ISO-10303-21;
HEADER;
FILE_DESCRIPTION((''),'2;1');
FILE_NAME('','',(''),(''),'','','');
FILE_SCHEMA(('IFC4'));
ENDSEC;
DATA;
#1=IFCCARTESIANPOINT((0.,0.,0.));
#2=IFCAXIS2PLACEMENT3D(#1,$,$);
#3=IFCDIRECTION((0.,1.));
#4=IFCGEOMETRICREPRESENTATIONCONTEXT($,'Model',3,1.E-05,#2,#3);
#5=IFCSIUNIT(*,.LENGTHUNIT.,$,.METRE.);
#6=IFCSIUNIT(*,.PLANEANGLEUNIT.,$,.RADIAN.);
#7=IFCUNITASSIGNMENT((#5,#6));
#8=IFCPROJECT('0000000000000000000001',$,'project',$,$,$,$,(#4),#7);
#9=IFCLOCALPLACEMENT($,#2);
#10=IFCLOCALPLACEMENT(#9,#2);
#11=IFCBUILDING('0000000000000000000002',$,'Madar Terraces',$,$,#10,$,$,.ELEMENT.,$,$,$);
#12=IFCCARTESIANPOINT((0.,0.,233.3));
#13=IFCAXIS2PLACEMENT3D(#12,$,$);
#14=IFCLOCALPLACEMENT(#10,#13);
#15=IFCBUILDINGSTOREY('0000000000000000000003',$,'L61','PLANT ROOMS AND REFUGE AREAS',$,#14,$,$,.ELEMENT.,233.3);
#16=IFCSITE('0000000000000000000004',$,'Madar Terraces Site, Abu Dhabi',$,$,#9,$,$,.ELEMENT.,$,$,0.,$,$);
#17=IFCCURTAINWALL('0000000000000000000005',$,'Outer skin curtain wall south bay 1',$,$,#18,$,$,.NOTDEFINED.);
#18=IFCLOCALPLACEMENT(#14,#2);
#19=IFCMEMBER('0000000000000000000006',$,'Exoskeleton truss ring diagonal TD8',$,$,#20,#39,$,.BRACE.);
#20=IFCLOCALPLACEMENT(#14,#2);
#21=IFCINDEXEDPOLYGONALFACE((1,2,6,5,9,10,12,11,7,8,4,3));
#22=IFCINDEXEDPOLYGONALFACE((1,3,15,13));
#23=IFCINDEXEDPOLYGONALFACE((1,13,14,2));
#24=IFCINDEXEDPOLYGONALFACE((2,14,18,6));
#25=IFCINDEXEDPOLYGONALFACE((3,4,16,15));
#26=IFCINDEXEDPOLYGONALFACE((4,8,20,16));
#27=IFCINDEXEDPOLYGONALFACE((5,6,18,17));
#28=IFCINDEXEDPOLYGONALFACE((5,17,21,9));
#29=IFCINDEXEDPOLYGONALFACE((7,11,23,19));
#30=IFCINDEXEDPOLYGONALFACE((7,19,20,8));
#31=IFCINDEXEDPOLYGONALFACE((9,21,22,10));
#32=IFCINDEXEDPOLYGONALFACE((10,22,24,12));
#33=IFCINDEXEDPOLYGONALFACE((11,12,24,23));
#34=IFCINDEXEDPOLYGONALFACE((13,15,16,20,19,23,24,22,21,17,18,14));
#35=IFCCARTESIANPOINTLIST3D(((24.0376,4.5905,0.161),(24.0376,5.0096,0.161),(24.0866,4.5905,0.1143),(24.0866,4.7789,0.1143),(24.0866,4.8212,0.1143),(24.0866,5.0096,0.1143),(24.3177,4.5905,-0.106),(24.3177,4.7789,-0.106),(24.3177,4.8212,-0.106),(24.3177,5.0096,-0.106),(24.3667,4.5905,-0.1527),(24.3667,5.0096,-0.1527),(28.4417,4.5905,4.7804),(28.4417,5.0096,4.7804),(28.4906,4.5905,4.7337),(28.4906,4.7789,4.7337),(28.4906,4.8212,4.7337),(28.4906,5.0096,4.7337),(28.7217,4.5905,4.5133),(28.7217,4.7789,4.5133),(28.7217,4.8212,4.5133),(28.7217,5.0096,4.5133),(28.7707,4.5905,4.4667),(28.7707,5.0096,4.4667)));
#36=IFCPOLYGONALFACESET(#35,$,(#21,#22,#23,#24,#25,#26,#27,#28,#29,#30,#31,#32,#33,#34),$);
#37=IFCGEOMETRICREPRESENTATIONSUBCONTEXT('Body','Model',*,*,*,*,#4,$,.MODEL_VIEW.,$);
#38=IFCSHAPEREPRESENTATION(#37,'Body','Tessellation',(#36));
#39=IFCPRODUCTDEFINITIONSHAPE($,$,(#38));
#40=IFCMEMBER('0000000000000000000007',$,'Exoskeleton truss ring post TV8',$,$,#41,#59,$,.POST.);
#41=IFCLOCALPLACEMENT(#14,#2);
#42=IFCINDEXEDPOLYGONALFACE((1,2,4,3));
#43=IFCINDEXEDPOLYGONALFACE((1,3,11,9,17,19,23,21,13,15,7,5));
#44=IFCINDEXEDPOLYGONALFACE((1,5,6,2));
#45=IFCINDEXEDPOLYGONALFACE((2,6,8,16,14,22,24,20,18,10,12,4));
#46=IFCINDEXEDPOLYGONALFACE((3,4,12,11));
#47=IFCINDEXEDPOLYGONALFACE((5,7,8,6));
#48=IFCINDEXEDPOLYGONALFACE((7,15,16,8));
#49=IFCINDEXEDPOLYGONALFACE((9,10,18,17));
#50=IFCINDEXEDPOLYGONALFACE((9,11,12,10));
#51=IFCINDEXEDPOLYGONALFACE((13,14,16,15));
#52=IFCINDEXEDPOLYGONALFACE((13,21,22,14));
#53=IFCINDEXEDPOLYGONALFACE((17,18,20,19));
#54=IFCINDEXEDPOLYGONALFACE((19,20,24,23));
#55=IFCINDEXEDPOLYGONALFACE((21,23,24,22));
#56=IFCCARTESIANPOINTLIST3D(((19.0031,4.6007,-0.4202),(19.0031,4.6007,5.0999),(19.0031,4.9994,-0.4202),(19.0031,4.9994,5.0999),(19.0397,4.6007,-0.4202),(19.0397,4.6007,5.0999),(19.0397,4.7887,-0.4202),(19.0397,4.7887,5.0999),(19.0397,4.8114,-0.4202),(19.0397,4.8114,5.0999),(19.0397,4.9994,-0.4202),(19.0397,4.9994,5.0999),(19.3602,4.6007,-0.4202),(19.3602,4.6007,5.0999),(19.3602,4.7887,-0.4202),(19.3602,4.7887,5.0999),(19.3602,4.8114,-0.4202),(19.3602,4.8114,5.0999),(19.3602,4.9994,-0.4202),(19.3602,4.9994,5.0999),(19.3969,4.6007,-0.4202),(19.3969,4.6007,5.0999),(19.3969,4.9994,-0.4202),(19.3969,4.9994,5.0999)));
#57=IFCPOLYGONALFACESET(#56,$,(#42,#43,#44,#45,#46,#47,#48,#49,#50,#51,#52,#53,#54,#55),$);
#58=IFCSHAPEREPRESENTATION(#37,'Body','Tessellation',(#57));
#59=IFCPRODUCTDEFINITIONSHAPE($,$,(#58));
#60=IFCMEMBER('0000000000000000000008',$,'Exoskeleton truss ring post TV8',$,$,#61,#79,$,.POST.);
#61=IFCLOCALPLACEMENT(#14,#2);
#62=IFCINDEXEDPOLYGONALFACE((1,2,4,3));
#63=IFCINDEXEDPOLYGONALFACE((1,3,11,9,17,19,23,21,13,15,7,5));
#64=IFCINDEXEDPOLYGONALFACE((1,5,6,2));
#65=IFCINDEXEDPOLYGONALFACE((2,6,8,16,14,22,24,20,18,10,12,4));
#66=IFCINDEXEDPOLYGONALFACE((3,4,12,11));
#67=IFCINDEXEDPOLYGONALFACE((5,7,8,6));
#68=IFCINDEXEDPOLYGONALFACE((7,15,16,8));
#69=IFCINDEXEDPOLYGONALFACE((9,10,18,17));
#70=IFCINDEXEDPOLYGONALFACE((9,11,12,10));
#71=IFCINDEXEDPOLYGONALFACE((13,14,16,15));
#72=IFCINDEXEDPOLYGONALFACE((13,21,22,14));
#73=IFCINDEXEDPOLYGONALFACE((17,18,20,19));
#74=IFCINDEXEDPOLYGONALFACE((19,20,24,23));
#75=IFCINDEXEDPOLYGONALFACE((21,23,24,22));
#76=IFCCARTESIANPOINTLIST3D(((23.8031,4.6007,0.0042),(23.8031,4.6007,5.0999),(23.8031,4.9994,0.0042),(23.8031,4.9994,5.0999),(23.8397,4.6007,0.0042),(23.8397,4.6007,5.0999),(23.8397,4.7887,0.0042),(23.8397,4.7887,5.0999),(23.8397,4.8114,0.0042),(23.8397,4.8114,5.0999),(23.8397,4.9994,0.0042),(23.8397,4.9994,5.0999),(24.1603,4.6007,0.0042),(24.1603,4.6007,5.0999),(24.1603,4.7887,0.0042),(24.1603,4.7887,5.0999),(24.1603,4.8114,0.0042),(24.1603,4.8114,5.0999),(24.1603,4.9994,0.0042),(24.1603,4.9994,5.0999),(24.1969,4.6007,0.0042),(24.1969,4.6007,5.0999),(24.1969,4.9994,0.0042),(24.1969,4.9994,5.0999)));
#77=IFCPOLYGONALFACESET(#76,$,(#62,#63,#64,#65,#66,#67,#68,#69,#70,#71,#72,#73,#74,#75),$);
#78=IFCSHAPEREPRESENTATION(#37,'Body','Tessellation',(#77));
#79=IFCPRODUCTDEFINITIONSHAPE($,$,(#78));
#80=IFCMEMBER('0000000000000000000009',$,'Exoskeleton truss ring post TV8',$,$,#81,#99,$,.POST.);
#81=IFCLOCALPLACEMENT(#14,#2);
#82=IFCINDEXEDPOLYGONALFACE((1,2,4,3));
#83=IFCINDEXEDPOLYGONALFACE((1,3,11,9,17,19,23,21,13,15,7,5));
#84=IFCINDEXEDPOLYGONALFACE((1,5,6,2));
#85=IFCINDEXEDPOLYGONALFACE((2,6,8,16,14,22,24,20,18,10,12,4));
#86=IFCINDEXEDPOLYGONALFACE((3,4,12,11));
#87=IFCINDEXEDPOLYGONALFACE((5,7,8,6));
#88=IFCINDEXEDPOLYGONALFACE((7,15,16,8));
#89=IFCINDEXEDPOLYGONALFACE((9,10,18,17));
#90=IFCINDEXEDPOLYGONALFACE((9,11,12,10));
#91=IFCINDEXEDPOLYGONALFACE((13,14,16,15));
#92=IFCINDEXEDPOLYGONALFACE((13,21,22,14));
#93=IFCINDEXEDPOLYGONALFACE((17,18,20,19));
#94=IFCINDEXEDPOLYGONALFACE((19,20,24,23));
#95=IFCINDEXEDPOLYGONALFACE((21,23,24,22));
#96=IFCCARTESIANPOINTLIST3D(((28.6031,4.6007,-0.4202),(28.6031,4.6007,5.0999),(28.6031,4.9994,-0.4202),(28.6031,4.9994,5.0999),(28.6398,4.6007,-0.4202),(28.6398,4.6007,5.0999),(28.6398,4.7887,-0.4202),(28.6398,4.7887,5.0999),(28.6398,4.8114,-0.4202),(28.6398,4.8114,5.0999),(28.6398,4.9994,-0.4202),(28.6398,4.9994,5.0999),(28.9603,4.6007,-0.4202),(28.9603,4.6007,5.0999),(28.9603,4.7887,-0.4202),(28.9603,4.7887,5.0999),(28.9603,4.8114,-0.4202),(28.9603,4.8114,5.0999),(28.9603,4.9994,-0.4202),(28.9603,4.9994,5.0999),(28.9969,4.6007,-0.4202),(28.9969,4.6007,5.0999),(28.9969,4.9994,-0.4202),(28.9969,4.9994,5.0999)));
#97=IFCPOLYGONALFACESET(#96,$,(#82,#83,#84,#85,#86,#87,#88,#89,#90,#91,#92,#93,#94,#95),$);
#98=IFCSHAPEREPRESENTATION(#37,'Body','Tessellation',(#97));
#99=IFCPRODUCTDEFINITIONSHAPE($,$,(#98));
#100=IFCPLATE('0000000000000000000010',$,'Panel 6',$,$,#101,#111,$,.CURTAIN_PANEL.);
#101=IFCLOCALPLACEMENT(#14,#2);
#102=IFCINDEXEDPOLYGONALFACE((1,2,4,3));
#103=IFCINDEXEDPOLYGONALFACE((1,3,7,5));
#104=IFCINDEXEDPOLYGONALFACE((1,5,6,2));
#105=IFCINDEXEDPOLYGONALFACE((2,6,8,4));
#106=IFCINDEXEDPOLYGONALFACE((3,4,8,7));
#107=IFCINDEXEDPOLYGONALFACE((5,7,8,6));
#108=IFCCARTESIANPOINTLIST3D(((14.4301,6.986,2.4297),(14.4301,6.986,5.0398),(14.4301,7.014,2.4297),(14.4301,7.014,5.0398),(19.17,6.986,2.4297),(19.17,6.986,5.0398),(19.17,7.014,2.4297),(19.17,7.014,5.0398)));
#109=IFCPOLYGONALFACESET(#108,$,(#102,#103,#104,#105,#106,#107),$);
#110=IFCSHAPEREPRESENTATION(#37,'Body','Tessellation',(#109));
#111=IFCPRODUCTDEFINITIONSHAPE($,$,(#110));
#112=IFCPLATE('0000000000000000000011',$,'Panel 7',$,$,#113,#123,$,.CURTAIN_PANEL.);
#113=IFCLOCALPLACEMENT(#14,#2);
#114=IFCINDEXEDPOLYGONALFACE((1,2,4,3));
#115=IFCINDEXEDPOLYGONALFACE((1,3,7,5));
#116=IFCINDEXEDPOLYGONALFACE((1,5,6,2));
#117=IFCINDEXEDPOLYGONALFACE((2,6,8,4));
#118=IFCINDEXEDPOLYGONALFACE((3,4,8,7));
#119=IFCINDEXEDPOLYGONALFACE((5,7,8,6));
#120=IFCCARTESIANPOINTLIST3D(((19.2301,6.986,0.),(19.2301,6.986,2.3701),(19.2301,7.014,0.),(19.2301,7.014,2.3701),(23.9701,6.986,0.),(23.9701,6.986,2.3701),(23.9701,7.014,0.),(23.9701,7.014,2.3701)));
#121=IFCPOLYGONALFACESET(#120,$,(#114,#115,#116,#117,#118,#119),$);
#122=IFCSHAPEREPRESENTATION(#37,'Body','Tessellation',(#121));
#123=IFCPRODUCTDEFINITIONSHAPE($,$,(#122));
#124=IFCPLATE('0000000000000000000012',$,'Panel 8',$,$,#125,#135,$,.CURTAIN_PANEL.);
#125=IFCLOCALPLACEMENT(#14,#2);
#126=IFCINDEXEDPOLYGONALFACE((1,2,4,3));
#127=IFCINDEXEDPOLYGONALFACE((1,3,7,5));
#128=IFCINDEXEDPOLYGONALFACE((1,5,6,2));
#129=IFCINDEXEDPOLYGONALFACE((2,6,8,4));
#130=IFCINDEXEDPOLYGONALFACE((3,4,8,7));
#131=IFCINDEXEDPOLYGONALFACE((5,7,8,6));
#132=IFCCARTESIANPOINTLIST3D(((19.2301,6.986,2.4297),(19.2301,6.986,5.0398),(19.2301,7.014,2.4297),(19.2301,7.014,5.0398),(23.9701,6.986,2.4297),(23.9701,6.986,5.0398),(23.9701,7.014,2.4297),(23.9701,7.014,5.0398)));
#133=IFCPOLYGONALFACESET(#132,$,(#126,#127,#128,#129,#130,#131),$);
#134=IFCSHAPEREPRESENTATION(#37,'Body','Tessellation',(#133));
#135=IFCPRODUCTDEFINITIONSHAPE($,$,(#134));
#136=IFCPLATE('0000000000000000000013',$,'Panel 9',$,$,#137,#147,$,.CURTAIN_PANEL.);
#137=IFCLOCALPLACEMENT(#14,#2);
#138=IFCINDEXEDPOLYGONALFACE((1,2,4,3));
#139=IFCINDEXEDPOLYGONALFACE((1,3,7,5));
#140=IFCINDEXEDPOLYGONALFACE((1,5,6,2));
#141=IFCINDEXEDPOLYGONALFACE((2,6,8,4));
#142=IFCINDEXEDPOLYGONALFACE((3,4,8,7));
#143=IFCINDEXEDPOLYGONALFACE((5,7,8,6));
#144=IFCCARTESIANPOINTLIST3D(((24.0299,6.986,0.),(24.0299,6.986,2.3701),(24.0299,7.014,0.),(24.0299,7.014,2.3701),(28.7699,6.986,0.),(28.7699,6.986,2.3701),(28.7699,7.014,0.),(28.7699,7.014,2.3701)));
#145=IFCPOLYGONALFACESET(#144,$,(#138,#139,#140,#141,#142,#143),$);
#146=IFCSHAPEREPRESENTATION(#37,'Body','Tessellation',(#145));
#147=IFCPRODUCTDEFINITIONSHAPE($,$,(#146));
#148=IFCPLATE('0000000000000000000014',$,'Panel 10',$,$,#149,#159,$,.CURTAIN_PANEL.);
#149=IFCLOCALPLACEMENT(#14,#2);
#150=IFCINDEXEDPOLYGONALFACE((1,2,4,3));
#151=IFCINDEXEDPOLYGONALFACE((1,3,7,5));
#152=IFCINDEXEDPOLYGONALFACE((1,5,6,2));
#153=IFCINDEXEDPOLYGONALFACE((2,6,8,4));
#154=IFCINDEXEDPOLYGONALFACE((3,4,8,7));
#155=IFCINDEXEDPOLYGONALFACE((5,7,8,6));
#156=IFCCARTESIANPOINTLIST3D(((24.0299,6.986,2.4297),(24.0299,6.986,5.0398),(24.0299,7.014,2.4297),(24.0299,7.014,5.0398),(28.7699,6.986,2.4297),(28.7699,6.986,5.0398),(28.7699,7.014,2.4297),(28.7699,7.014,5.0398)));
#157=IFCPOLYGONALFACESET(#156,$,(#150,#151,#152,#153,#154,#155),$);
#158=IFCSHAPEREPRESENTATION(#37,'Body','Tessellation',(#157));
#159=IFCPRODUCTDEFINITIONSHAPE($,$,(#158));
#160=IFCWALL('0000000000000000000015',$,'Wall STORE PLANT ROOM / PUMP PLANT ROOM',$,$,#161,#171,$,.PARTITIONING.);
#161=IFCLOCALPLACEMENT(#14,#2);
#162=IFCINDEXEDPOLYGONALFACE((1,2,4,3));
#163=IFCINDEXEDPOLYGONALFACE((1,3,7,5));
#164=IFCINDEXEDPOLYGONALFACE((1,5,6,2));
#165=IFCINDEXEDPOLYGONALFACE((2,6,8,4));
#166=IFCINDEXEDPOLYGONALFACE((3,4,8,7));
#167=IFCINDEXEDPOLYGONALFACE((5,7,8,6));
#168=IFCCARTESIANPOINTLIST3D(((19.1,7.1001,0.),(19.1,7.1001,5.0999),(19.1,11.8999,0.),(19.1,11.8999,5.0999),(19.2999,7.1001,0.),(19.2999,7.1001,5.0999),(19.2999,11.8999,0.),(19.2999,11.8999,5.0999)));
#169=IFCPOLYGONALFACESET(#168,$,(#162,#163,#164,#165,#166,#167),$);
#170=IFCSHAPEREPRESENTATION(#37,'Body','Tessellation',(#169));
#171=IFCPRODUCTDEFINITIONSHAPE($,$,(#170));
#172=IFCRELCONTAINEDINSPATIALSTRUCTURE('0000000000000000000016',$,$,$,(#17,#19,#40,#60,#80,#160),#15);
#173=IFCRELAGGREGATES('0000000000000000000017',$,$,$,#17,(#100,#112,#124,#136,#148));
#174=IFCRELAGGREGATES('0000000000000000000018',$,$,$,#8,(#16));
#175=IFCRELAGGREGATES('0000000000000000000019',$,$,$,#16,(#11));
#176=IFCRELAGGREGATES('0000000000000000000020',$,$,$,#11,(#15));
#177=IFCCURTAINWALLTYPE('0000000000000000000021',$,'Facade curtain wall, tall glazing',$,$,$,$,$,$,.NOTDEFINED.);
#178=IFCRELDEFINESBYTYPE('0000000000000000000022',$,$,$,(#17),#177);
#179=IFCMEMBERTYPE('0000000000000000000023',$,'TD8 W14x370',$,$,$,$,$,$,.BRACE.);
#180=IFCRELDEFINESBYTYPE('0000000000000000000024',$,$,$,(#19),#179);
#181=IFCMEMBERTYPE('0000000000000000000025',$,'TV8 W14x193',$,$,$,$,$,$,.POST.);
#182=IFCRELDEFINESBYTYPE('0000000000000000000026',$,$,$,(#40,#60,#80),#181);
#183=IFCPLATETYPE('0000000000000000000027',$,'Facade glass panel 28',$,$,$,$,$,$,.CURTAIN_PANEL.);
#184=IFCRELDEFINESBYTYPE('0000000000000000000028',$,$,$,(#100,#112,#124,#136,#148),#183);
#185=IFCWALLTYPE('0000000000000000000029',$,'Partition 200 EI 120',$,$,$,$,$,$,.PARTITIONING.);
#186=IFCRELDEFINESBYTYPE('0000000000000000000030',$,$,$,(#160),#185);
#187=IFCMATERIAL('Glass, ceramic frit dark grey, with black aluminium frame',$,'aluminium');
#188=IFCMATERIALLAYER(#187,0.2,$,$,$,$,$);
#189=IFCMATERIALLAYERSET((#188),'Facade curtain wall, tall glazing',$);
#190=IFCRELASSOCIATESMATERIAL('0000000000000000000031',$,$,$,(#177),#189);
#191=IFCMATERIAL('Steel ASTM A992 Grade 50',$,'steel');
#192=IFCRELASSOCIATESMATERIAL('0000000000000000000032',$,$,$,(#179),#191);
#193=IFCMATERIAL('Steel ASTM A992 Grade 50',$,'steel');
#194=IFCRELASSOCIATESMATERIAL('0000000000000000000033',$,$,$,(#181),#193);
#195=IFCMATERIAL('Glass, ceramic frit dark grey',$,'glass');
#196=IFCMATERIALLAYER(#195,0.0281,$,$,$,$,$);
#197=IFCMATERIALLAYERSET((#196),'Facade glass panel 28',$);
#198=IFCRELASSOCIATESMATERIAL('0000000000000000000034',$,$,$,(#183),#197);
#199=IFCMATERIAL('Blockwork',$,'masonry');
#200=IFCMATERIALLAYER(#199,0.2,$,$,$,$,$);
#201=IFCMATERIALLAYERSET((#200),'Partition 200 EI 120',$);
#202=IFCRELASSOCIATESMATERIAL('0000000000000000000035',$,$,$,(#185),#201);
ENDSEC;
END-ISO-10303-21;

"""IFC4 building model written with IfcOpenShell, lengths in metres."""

from ifc_helpers import new_model, si_unit, direction, frame, frame_2d, origin, origin_2d, place, context, subcontext, project, spatial, rectangle, i_section, extrude, material, layer, layer_set, material_profile, profile_set, type_object, element, aggregate, save


model = new_model("IFC4")

# Units and contexts
model_context = context("Model", 3, precision=1e-05, world=origin(), true_north=direction((0.0, 1.0)))
body_context = subcontext(model_context, "Body", "Model", "MODEL_VIEW")
ifc_project = project(units=[si_unit("LENGTHUNIT", "METRE"), si_unit("PLANEANGLEUNIT", "RADIAN")], contexts=[model_context])

# Site, building, storey
site_placement = place(None, origin())
site = spatial("IfcSite", under=ifc_project, at=site_placement, Name="Madar Terraces Site, Abu Dhabi", CompositionType="ELEMENT", RefElevation=0.0)
building_placement = place(site_placement, origin())
building = spatial("IfcBuilding", under=site, at=building_placement, Name="Madar Terraces", CompositionType="ELEMENT")
storey_placement = place(building_placement, frame((0.0, 0.0, 233.3)))
storey = spatial("IfcBuildingStorey", under=building, at=storey_placement, Name="L61", Description="PLANT ROOMS AND REFUGE AREAS", CompositionType="ELEMENT", Elevation=233.3)

# Curtain wall
ifc_material_1 = material(Name="Glass, ceramic frit dark grey, with black aluminium frame", Category="aluminium")
ifc_layer_1 = layer(ifc_material_1, 0.2)
ifc_layer_set_1 = layer_set([ifc_layer_1], Name="Facade curtain wall, tall glazing")
curtain_wall_type = type_object("IfcCurtainWallType", Name="Facade curtain wall, tall glazing", PredefinedType="NOTDEFINED", material=ifc_layer_set_1)
curtain_wall_placement = place(storey_placement, origin())
curtain_wall = element("IfcCurtainWall", 1, at=curtain_wall_placement, inside=storey, type_object=curtain_wall_type, Name="Outer skin curtain wall south bay 1", PredefinedType="NOTDEFINED")

# Members
ifc_material_2 = material(Name="Steel ASTM A992 Grade 50", Category="steel")
ifc_material_profile_1 = material_profile(ifc_material_2, i_section(OverallWidth=0.4192, OverallDepth=0.4546, WebThickness=0.0422, FlangeThickness=0.0676, at=origin_2d()), Name="W14x370")
ifc_profile_set_1 = profile_set([ifc_material_profile_1], Name="Steel ASTM A992 Grade 50")
member_type_1 = type_object("IfcMemberType", Name="TD8 W14x370", PredefinedType="BRACE", material=ifc_profile_set_1)
member_1_placement = place(storey_placement, frame((24.2021, 4.8, 0.0042), z_axis=(0.690036, 0.0, 0.723775), x_axis=(0.0, 1.0, 0.0)))
element("IfcMember", 2, at=member_1_placement, inside=storey, type_object=member_type_1, Name="Exoskeleton truss ring diagonal TD8", PredefinedType="BRACE", context=body_context, shape_type="SweptSolid", body=[
    extrude(i_section(OverallWidth=0.4192, OverallDepth=0.4546, WebThickness=0.0422, FlangeThickness=0.0676, at=origin_2d()), origin(), (0.0, 0.0, 1.0), 6.3823),
])
ifc_material_3 = material(Name="Steel ASTM A992 Grade 50", Category="steel")
ifc_material_profile_2 = material_profile(ifc_material_3, i_section(OverallWidth=0.3987, OverallDepth=0.3938, WebThickness=0.0227, FlangeThickness=0.0366, at=origin_2d()), Name="W14x193")
ifc_profile_set_2 = profile_set([ifc_material_profile_2], Name="Steel ASTM A992 Grade 50")
member_type_2 = type_object("IfcMemberType", Name="TV8 W14x193", PredefinedType="POST", material=ifc_profile_set_2)
member_2_placement = place(storey_placement, frame((19.2, 4.8, -0.4202), z_axis=(0.0, 0.0, 1.0), x_axis=(0.0, 1.0, 0.0)))
element("IfcMember", 3, at=member_2_placement, inside=storey, type_object=member_type_2, Name="Exoskeleton truss ring post TV8", PredefinedType="POST", context=body_context, shape_type="SweptSolid", body=[
    extrude(i_section(OverallWidth=0.3987, OverallDepth=0.3938, WebThickness=0.0227, FlangeThickness=0.0366, at=origin_2d()), origin(), (0.0, 0.0, 1.0), 5.52),
])
member_3_placement = place(storey_placement, frame((24.0, 4.8, 0.0042), z_axis=(0.0, 0.0, 1.0), x_axis=(0.0, 1.0, 0.0)))
element("IfcMember", 4, at=member_3_placement, inside=storey, type_object=member_type_2, Name="Exoskeleton truss ring post TV8", PredefinedType="POST", context=body_context, shape_type="SweptSolid", body=[
    extrude(i_section(OverallWidth=0.3987, OverallDepth=0.3938, WebThickness=0.0227, FlangeThickness=0.0366, at=origin_2d()), origin(), (0.0, 0.0, 1.0), 5.0957),
])
member_4_placement = place(storey_placement, frame((28.8, 4.8, -0.4202), z_axis=(0.0, 0.0, 1.0), x_axis=(0.0, 1.0, 0.0)))
element("IfcMember", 5, at=member_4_placement, inside=storey, type_object=member_type_2, Name="Exoskeleton truss ring post TV8", PredefinedType="POST", context=body_context, shape_type="SweptSolid", body=[
    extrude(i_section(OverallWidth=0.3987, OverallDepth=0.3938, WebThickness=0.0227, FlangeThickness=0.0366, at=origin_2d()), origin(), (0.0, 0.0, 1.0), 5.52),
])

# Plates
ifc_material_4 = material(Name="Glass, ceramic frit dark grey", Category="glass")
ifc_layer_2 = layer(ifc_material_4, 0.0281)
ifc_layer_set_2 = layer_set([ifc_layer_2], Name="Facade glass panel 28")
plate_type = type_object("IfcPlateType", Name="Facade glass panel 28", PredefinedType="CURTAIN_PANEL", material=ifc_layer_set_2)
plate_1_placement = place(storey_placement, frame((16.8, 7.0, 2.4297), z_axis=(0.0, 0.0, 1.0), x_axis=(1.0, 0.0, 0.0)))
plate_1 = element("IfcPlate", 6, at=plate_1_placement, type_object=plate_type, Name="Panel 6", PredefinedType="CURTAIN_PANEL", context=body_context, shape_type="SweptSolid", body=[
    extrude(rectangle(XDim=4.74, YDim=0.0281, at=origin_2d()), origin(), (0.0, 0.0, 1.0), 2.6101),
])
plate_2_placement = place(storey_placement, frame((21.6001, 7.0, 0.0), z_axis=(0.0, 0.0, 1.0), x_axis=(1.0, 0.0, 0.0)))
plate_2 = element("IfcPlate", 7, at=plate_2_placement, type_object=plate_type, Name="Panel 7", PredefinedType="CURTAIN_PANEL", context=body_context, shape_type="SweptSolid", body=[
    extrude(rectangle(XDim=4.74, YDim=0.0281, at=origin_2d()), origin(), (0.0, 0.0, 1.0), 2.3701),
])
plate_3_placement = place(storey_placement, frame((21.6001, 7.0, 2.4297), z_axis=(0.0, 0.0, 1.0), x_axis=(1.0, 0.0, 0.0)))
plate_3 = element("IfcPlate", 8, at=plate_3_placement, type_object=plate_type, Name="Panel 8", PredefinedType="CURTAIN_PANEL", context=body_context, shape_type="SweptSolid", body=[
    extrude(rectangle(XDim=4.74, YDim=0.0281, at=origin_2d()), origin(), (0.0, 0.0, 1.0), 2.6101),
])
plate_4_placement = place(storey_placement, frame((26.3999, 7.0, 0.0), z_axis=(0.0, 0.0, 1.0), x_axis=(1.0, 0.0, 0.0)))
plate_4 = element("IfcPlate", 9, at=plate_4_placement, type_object=plate_type, Name="Panel 9", PredefinedType="CURTAIN_PANEL", context=body_context, shape_type="SweptSolid", body=[
    extrude(rectangle(XDim=4.74, YDim=0.0281, at=origin_2d()), origin(), (0.0, 0.0, 1.0), 2.3701),
])
plate_5_placement = place(storey_placement, frame((26.3999, 7.0, 2.4297), z_axis=(0.0, 0.0, 1.0), x_axis=(1.0, 0.0, 0.0)))
plate_5 = element("IfcPlate", 10, at=plate_5_placement, type_object=plate_type, Name="Panel 10", PredefinedType="CURTAIN_PANEL", context=body_context, shape_type="SweptSolid", body=[
    extrude(rectangle(XDim=4.74, YDim=0.0281, at=origin_2d()), origin(), (0.0, 0.0, 1.0), 2.6101),
])
aggregate(curtain_wall, [plate_1, plate_2, plate_3, plate_4, plate_5])

# Wall
ifc_material_5 = material(Name="Blockwork", Category="masonry")
ifc_layer_3 = layer(ifc_material_5, 0.2)
ifc_layer_set_3 = layer_set([ifc_layer_3], Name="Partition 200 EI 120")
wall_type = type_object("IfcWallType", Name="Partition 200 EI 120", PredefinedType="PARTITIONING", material=ifc_layer_set_3)
wall_placement = place(storey_placement, frame((19.2, 7.1001, 0.0), z_axis=(0.0, 0.0, 1.0), x_axis=(0.0, 1.0, 0.0)))
element("IfcWall", 11, at=wall_placement, inside=storey, type_object=wall_type, Name="Wall STORE PLANT ROOM / PUMP PLANT ROOM", PredefinedType="PARTITIONING", context=body_context, shape_type="SweptSolid", body=[
    extrude(rectangle(XDim=4.7998, YDim=0.2, at=frame_2d((2.3999, 0.0))), origin(), (0.0, 0.0, 1.0), 5.0999),
])

save(model, "model.ifc")
